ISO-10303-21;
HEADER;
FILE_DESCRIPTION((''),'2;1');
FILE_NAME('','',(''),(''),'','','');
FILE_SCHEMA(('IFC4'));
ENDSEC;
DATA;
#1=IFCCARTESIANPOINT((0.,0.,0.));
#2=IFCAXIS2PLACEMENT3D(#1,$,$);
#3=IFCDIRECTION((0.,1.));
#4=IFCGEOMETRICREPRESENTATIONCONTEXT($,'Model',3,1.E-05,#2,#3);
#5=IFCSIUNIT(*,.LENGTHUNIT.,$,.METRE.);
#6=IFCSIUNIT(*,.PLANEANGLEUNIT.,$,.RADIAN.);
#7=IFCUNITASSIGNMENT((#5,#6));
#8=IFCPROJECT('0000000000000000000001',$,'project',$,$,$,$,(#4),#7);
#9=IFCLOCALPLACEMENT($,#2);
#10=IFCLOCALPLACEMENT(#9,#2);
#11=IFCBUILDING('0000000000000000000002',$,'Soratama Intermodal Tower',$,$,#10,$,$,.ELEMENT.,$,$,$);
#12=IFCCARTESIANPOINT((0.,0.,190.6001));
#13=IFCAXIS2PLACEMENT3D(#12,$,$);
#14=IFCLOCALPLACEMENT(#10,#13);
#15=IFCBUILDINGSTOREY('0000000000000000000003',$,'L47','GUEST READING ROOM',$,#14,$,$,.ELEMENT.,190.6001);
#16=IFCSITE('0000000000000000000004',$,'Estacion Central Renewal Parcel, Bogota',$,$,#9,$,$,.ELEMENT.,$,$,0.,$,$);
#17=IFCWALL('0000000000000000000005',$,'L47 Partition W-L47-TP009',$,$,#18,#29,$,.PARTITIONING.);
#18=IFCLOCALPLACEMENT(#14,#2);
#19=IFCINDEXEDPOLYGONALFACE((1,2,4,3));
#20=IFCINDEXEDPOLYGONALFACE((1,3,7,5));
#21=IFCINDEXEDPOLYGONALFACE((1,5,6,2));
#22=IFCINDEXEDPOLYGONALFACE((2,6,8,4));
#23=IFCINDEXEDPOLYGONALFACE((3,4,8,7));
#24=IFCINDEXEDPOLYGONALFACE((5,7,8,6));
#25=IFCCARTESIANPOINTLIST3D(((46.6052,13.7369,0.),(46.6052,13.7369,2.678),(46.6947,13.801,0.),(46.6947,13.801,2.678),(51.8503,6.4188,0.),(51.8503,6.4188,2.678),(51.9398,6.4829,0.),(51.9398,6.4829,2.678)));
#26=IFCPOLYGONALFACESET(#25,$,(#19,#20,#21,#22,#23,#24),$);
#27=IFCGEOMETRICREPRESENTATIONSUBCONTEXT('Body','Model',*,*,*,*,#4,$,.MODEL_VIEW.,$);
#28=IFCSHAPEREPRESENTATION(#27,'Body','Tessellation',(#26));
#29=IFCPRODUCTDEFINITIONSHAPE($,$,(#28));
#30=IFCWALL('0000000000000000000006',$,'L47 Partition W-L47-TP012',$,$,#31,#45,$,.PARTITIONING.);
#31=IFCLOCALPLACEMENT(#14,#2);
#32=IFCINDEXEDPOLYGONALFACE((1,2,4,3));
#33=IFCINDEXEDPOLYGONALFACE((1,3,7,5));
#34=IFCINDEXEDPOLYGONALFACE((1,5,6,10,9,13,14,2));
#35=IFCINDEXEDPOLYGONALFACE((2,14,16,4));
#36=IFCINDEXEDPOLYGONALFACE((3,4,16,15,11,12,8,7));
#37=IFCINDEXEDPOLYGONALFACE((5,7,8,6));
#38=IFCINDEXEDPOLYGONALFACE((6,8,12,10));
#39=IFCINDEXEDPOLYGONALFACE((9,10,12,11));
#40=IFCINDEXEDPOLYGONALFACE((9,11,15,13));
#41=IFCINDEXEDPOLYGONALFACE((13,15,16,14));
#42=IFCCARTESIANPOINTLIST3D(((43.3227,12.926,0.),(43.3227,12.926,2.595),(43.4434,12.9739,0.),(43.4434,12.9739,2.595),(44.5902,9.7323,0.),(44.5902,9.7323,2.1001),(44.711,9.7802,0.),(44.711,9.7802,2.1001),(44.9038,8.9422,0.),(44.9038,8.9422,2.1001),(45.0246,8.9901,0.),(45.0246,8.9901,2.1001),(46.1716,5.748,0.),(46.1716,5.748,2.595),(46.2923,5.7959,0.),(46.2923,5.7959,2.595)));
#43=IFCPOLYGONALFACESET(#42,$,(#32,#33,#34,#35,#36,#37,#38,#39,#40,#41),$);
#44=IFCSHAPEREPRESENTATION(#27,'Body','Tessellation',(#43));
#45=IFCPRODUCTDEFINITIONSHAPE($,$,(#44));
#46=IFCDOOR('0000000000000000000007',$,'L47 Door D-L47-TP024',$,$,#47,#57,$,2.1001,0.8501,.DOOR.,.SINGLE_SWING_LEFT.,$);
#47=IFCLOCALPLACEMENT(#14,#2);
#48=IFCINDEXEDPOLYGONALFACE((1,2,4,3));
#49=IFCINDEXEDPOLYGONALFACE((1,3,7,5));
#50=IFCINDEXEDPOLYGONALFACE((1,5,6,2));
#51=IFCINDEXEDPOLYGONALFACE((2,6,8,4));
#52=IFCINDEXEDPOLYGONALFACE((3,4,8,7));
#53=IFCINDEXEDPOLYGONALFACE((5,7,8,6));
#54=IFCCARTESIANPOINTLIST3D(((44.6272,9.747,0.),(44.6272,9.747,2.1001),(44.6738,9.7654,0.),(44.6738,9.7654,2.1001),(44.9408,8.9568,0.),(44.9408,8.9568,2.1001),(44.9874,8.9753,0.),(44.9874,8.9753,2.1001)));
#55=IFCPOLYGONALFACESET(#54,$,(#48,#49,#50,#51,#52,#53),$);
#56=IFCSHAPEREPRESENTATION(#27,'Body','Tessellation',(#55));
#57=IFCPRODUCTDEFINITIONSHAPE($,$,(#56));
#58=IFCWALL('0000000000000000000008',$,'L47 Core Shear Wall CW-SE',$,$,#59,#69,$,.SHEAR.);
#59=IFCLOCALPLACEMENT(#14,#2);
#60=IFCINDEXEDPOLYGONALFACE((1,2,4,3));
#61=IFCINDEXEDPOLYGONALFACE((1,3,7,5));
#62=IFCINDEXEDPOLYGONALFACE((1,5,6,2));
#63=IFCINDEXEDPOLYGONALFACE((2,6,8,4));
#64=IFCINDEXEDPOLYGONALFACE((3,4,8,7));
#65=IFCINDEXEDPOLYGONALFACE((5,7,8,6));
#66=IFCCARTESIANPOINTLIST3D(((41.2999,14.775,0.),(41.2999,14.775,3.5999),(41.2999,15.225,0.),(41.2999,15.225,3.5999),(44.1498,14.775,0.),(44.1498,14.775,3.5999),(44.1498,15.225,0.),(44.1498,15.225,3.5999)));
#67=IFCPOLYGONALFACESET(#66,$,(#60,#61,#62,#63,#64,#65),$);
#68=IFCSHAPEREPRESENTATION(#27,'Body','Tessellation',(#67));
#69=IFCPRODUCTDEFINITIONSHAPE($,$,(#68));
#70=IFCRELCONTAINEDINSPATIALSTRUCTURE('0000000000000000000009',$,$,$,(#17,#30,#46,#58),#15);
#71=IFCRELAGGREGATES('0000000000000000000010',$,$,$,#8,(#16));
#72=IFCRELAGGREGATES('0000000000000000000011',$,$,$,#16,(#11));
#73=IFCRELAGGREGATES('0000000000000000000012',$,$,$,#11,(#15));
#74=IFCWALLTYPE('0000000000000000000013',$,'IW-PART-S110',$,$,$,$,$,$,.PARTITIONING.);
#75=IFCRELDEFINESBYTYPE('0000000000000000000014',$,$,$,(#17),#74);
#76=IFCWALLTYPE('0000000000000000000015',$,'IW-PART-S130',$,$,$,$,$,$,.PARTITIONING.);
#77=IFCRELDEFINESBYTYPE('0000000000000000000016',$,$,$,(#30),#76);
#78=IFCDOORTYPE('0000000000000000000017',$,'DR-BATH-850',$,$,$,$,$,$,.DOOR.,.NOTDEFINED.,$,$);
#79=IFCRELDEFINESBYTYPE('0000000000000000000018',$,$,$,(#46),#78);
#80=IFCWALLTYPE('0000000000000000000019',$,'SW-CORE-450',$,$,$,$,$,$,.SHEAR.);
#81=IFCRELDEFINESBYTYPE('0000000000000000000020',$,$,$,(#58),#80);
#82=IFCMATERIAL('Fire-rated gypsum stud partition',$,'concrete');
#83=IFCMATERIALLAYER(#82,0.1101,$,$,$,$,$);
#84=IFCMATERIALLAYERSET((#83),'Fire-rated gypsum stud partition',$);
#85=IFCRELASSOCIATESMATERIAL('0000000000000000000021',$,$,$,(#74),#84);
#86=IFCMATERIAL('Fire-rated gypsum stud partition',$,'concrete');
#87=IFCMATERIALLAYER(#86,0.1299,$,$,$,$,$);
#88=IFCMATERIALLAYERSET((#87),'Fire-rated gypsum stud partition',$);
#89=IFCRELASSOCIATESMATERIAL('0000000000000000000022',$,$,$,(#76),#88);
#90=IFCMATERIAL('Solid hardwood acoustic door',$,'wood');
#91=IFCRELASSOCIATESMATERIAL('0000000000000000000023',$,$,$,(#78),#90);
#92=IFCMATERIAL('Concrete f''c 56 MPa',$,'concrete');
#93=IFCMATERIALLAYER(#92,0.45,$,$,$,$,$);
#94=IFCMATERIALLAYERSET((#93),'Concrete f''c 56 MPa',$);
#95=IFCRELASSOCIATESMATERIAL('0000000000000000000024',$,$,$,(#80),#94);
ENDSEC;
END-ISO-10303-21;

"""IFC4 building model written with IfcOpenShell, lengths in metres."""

from ifc_helpers import new_model, si_unit, direction, frame, frame_2d, origin, place, context, subcontext, project, spatial, rectangle, extrude, material, layer, layer_set, type_object, element, fill, save


model = new_model("IFC4")

# Units and contexts
model_context = context("Model", 3, precision=1e-05, world=origin(), true_north=direction((0.0, 1.0)))
body_context = subcontext(model_context, "Body", "Model", "MODEL_VIEW")
ifc_project = project(units=[si_unit("LENGTHUNIT", "METRE"), si_unit("PLANEANGLEUNIT", "RADIAN")], contexts=[model_context])

# Site, building, storey
site_placement = place(None, origin())
site = spatial("IfcSite", under=ifc_project, at=site_placement, Name="Estacion Central Renewal Parcel, Bogota", CompositionType="ELEMENT", RefElevation=0.0)
building_placement = place(site_placement, origin())
building = spatial("IfcBuilding", under=site, at=building_placement, Name="Soratama Intermodal Tower", CompositionType="ELEMENT")
storey_placement = place(building_placement, frame((0.0, 0.0, 190.6001)))
storey = spatial("IfcBuildingStorey", under=building, at=storey_placement, Name="L47", Description="GUEST READING ROOM", CompositionType="ELEMENT", Elevation=190.6001)

# Wall
ifc_material_1 = material(Name="Fire-rated gypsum stud partition", Category="concrete")
ifc_layer_1 = layer(ifc_material_1, 0.1101)
ifc_layer_set_1 = layer_set([ifc_layer_1], Name="Fire-rated gypsum stud partition")
wall_type_1 = type_object("IfcWallType", Name="IW-PART-S110", PredefinedType="PARTITIONING", material=ifc_layer_set_1)
wall_1_placement = place(storey_placement, frame((46.6499, 13.769, 0.0), z_axis=(0.0, 0.0, 1.0), x_axis=(0.582553, -0.812793, 0.0)))
element("IfcWall", 1, at=wall_1_placement, inside=storey, type_object=wall_type_1, Name="L47 Partition W-L47-TP009", PredefinedType="PARTITIONING", context=body_context, shape_type="SweptSolid", body=[
    extrude(rectangle(XDim=9.0037, YDim=0.1101, at=frame_2d((4.502, 0.0))), origin(), (0.0, 0.0, 1.0), 2.678),
])

# Wall, opening, door
ifc_material_2 = material(Name="Fire-rated gypsum stud partition", Category="concrete")
ifc_layer_2 = layer(ifc_material_2, 0.1299)
ifc_layer_set_2 = layer_set([ifc_layer_2], Name="Fire-rated gypsum stud partition")
wall_type_2 = type_object("IfcWallType", Name="IW-PART-S130", PredefinedType="PARTITIONING", material=ifc_layer_set_2)
wall_2_placement = place(storey_placement, frame((43.3831, 12.95, 0.0), z_axis=(0.0, 0.0, 1.0), x_axis=(0.368898, -0.92947, 0.0)))
wall_2 = element("IfcWall", 2, at=wall_2_placement, inside=storey, type_object=wall_type_2, Name="L47 Partition W-L47-TP012", PredefinedType="PARTITIONING", context=body_context, shape_type="SweptSolid", body=[
    extrude(rectangle(XDim=7.7227, YDim=0.1299, at=frame_2d((3.8613, 0.0))), origin(), (0.0, 0.0, 1.0), 2.595),
])
opening_1_placement = place(wall_2_placement, frame((3.436, 0.0, 0.0)))
opening_1 = element("IfcOpeningElement", 3, at=opening_1_placement, cuts=wall_2, PredefinedType="OPENING", context=body_context, shape_type="SweptSolid", body=[
    extrude(rectangle(XDim=0.8501, YDim=2.1001, at=frame_2d((0.425, 1.05))), frame((0.0, 0.075, 0.0), z_axis=(0.0, -1.0, 0.0), x_axis=(1.0, 0.0, 0.0)), (0.0, 0.0, 1.0), 0.1499),
])
ifc_material_3 = material(Name="Solid hardwood acoustic door", Category="wood")
door_type_1 = type_object("IfcDoorType", Name="DR-BATH-850", OperationType="NOTDEFINED", PredefinedType="DOOR", material=ifc_material_3)
door_1_placement = place(opening_1_placement, origin())
door_1 = element("IfcDoor", 4, at=door_1_placement, inside=storey, type_object=door_type_1, Name="L47 Door D-L47-TP024", OperationType="SINGLE_SWING_LEFT", OverallHeight=2.1001, OverallWidth=0.8501, PredefinedType="DOOR", context=body_context, shape_type="SweptSolid", body=[
    extrude(rectangle(XDim=0.8501, YDim=2.1001, at=frame_2d((0.425, 1.05))), frame((0.0, 0.0249, 0.0), z_axis=(0.0, -1.0, 0.0), x_axis=(1.0, 0.0, 0.0)), (0.0, 0.0, 1.0), 0.05),
])
fill(opening_1, door_1)

# Wall
ifc_material_4 = material(Name="Concrete f'c 56 MPa", Category="concrete")
ifc_layer_3 = layer(ifc_material_4, 0.45)
ifc_layer_set_3 = layer_set([ifc_layer_3], Name="Concrete f'c 56 MPa")
wall_type_3 = type_object("IfcWallType", Name="SW-CORE-450", PredefinedType="SHEAR", material=ifc_layer_set_3)
wall_3_placement = place(storey_placement, frame((41.3, 15.0, 0.0), z_axis=(0.0, 0.0, 1.0), x_axis=(1.0, 0.0, 0.0)))
element("IfcWall", 5, at=wall_3_placement, inside=storey, type_object=wall_type_3, Name="L47 Core Shear Wall CW-SE", PredefinedType="SHEAR", context=body_context, shape_type="SweptSolid", body=[
    extrude(rectangle(XDim=2.8499, YDim=0.45, at=frame_2d((1.4248, 0.0))), origin(), (0.0, 0.0, 1.0), 3.5999),
])

save(model, "model.ifc")
